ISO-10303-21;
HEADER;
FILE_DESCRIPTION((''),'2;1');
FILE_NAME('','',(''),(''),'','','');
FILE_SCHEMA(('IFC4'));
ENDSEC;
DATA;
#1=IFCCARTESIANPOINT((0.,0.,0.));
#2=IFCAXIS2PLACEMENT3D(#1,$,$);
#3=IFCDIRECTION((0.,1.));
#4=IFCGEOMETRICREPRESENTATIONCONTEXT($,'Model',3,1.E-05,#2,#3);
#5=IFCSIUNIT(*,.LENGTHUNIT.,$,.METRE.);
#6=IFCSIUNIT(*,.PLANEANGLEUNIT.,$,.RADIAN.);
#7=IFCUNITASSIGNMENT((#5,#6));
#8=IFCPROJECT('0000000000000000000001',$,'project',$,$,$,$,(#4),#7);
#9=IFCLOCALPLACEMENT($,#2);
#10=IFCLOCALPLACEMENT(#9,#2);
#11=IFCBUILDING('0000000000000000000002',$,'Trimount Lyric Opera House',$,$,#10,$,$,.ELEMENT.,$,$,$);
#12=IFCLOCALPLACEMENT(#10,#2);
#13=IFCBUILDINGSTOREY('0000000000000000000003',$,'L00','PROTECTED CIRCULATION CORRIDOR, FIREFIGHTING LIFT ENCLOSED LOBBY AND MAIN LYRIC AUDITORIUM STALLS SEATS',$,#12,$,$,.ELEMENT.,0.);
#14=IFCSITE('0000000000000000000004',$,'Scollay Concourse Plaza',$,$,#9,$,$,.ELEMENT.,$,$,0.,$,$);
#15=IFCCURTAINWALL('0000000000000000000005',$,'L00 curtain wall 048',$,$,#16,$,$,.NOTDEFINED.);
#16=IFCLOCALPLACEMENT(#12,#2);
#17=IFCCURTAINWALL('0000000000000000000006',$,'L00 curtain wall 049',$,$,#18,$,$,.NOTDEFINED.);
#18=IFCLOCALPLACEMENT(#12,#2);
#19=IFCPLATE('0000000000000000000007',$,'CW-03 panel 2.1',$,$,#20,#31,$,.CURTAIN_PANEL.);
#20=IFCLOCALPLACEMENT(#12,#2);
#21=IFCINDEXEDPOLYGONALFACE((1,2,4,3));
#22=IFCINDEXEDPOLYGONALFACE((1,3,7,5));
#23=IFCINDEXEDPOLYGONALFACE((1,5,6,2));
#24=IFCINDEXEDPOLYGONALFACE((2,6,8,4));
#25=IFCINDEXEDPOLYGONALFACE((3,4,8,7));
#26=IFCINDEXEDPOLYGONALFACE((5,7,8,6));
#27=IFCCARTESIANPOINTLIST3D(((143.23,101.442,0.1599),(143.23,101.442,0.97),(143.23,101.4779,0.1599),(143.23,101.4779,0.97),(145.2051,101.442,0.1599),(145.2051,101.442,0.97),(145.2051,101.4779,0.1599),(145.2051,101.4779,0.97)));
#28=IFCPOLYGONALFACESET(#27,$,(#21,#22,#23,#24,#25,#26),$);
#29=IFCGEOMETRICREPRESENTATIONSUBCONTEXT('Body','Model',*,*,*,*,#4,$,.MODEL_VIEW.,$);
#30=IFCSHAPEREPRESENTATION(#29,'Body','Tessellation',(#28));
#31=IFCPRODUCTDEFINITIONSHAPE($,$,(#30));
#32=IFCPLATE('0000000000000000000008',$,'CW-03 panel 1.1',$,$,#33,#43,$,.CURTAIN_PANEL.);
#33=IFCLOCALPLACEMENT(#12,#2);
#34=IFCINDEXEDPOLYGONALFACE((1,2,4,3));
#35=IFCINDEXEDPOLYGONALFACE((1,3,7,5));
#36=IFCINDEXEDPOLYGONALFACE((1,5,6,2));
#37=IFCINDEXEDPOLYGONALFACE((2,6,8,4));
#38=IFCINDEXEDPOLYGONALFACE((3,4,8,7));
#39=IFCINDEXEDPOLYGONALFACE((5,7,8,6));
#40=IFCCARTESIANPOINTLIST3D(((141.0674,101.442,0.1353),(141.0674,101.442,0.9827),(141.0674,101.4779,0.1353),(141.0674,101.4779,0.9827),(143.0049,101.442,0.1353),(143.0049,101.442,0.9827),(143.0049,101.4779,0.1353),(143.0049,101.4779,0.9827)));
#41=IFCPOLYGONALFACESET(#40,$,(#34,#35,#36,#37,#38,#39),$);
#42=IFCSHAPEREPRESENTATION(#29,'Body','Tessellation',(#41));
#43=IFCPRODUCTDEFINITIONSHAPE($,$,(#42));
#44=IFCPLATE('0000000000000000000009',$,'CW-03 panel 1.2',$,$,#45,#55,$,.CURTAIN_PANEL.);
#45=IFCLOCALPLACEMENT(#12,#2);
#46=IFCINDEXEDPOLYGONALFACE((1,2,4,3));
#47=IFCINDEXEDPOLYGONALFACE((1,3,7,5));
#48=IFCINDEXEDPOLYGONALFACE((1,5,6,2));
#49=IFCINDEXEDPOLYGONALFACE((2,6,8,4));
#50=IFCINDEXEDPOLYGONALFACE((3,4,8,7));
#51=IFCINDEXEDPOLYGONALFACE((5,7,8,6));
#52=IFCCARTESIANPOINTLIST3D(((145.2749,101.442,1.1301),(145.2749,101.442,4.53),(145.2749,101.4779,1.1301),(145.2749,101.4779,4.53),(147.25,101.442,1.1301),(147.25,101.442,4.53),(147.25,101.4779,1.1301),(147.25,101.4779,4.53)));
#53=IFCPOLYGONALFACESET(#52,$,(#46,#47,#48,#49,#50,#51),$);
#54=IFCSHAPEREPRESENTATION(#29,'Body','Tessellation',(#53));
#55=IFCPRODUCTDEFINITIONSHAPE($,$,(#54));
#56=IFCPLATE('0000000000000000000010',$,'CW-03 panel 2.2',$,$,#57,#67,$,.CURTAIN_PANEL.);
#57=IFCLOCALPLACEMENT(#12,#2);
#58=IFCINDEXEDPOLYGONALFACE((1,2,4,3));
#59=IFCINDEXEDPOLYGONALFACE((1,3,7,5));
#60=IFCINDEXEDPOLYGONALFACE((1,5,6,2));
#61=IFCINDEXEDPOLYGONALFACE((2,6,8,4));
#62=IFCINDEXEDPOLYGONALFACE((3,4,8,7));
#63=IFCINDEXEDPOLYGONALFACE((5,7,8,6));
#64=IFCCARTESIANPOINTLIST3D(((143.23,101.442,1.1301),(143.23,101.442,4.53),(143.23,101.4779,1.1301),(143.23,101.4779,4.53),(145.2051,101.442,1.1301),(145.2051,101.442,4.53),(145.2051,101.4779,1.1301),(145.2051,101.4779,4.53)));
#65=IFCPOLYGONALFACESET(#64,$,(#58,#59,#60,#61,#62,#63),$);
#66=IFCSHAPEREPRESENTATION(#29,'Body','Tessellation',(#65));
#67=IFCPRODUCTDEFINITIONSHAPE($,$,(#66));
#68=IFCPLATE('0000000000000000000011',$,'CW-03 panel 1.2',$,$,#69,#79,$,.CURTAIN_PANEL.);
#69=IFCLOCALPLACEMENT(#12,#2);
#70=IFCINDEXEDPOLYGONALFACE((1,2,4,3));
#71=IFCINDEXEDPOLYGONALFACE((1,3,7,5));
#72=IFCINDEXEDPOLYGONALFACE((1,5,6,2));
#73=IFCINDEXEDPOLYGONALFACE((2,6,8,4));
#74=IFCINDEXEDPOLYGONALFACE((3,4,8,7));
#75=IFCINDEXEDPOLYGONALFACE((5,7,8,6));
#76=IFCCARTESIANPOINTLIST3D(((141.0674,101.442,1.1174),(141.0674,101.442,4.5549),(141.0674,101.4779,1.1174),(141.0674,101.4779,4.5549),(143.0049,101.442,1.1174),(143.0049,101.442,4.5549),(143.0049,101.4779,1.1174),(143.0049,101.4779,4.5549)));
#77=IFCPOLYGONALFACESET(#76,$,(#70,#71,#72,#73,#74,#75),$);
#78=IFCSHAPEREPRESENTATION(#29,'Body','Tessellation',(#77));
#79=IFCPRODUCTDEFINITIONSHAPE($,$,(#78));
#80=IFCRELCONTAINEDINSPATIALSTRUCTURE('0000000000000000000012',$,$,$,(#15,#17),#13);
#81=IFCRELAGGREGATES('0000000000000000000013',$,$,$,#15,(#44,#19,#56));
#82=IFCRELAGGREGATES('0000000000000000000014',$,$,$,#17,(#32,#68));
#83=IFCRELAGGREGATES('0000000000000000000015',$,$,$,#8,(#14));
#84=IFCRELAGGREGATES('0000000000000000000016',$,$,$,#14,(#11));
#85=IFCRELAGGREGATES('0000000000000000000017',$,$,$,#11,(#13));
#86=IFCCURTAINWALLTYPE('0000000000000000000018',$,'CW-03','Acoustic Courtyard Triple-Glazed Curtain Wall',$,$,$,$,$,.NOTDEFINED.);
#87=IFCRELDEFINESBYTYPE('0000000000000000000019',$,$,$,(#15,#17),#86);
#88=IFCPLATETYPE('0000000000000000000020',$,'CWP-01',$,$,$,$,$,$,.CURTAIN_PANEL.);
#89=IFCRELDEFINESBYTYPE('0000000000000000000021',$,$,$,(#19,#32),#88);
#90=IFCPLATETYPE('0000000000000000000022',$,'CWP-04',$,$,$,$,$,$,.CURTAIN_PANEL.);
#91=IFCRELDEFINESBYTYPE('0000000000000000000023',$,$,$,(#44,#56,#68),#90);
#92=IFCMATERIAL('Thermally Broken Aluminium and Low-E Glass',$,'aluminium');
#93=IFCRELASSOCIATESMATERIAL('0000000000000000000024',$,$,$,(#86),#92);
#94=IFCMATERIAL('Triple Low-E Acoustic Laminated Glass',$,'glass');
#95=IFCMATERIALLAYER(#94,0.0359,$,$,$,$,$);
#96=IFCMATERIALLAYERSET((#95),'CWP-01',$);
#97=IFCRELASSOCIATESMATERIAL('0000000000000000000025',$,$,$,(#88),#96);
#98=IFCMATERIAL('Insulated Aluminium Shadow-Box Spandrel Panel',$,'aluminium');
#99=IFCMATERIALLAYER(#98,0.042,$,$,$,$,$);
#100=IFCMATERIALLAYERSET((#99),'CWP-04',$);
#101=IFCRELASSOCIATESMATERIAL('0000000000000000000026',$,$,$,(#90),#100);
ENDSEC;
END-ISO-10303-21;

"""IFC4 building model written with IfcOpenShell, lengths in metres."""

from ifc_helpers import new_model, si_unit, direction, frame, origin, origin_2d, place, context, subcontext, project, spatial, rectangle, extrude, material, layer, layer_set, type_object, element, aggregate, save


model = new_model("IFC4")

# Units and contexts
model_context = context("Model", 3, precision=1e-05, world=origin(), true_north=direction((0.0, 1.0)))
body_context = subcontext(model_context, "Body", "Model", "MODEL_VIEW")
ifc_project = project(units=[si_unit("LENGTHUNIT", "METRE"), si_unit("PLANEANGLEUNIT", "RADIAN")], contexts=[model_context])

# Site, building, storey
site_placement = place(None, origin())
site = spatial("IfcSite", under=ifc_project, at=site_placement, Name="Scollay Concourse Plaza", CompositionType="ELEMENT", RefElevation=0.0)
building_placement = place(site_placement, origin())
building = spatial("IfcBuilding", under=site, at=building_placement, Name="Trimount Lyric Opera House", CompositionType="ELEMENT")
storey_placement = place(building_placement, origin())
storey = spatial("IfcBuildingStorey", under=building, at=storey_placement, Name="L00", Description="PROTECTED CIRCULATION CORRIDOR, FIREFIGHTING LIFT ENCLOSED LOBBY AND MAIN LYRIC AUDITORIUM STALLS SEATS", CompositionType="ELEMENT", Elevation=0.0)

# Curtain wall
ifc_material_1 = material(Name="Thermally Broken Aluminium and Low-E Glass", Category="aluminium")
curtain_wall_type = type_object("IfcCurtainWallType", Name="CW-03", Description="Acoustic Courtyard Triple-Glazed Curtain Wall", PredefinedType="NOTDEFINED", material=ifc_material_1)
curtain_wall_1_placement = place(storey_placement, origin())
curtain_wall_1 = element("IfcCurtainWall", 1, at=curtain_wall_1_placement, inside=storey, type_object=curtain_wall_type, Name="L00 curtain wall 048", PredefinedType="NOTDEFINED")

# Curtain wall
curtain_wall_2_placement = place(storey_placement, origin())
curtain_wall_2 = element("IfcCurtainWall", 2, at=curtain_wall_2_placement, inside=storey, type_object=curtain_wall_type, Name="L00 curtain wall 049", PredefinedType="NOTDEFINED")

# Plates
ifc_material_2 = material(Name="Triple Low-E Acoustic Laminated Glass", Category="glass")
ifc_layer_1 = layer(ifc_material_2, 0.0359)
ifc_layer_set_1 = layer_set([ifc_layer_1], Name="CWP-01")
plate_type_1 = type_object("IfcPlateType", Name="CWP-01", PredefinedType="CURTAIN_PANEL", material=ifc_layer_set_1)
plate_1_placement = place(storey_placement, frame((144.2175, 101.46, 0.1599), z_axis=(0.0, 0.0, 1.0), x_axis=(-1.0, 0.0, 0.0)))
plate_1 = element("IfcPlate", 3, at=plate_1_placement, type_object=plate_type_1, Name="CW-03 panel 2.1", PredefinedType="CURTAIN_PANEL", context=body_context, shape_type="SweptSolid", body=[
    extrude(rectangle(XDim=1.9751, YDim=0.0359, at=origin_2d()), origin(), (0.0, 0.0, 1.0), 0.8101),
])
plate_2_placement = place(storey_placement, frame((142.0361, 101.46, 0.1353), z_axis=(0.0, 0.0, 1.0), x_axis=(-1.0, 0.0, 0.0)))
plate_2 = element("IfcPlate", 4, at=plate_2_placement, type_object=plate_type_1, Name="CW-03 panel 1.1", PredefinedType="CURTAIN_PANEL", context=body_context, shape_type="SweptSolid", body=[
    extrude(rectangle(XDim=1.9375, YDim=0.0359, at=origin_2d()), origin(), (0.0, 0.0, 1.0), 0.8474),
])
ifc_material_3 = material(Name="Insulated Aluminium Shadow-Box Spandrel Panel", Category="aluminium")
ifc_layer_2 = layer(ifc_material_3, 0.042)
ifc_layer_set_2 = layer_set([ifc_layer_2], Name="CWP-04")
plate_type_2 = type_object("IfcPlateType", Name="CWP-04", PredefinedType="CURTAIN_PANEL", material=ifc_layer_set_2)
plate_3_placement = place(storey_placement, frame((146.2625, 101.46, 1.1301), z_axis=(0.0, 0.0, 1.0), x_axis=(-1.0, 0.0, 0.0)))
plate_3 = element("IfcPlate", 5, at=plate_3_placement, type_object=plate_type_2, Name="CW-03 panel 1.2", PredefinedType="CURTAIN_PANEL", context=body_context, shape_type="SweptSolid", body=[
    extrude(rectangle(XDim=1.9751, YDim=0.0359, at=origin_2d()), origin(), (0.0, 0.0, 1.0), 3.3999),
])
plate_4_placement = place(storey_placement, frame((144.2175, 101.46, 1.1301), z_axis=(0.0, 0.0, 1.0), x_axis=(-1.0, 0.0, 0.0)))
plate_4 = element("IfcPlate", 6, at=plate_4_placement, type_object=plate_type_2, Name="CW-03 panel 2.2", PredefinedType="CURTAIN_PANEL", context=body_context, shape_type="SweptSolid", body=[
    extrude(rectangle(XDim=1.9751, YDim=0.0359, at=origin_2d()), origin(), (0.0, 0.0, 1.0), 3.3999),
])
aggregate(curtain_wall_1, [plate_3, plate_1, plate_4])
plate_5_placement = place(storey_placement, frame((142.0361, 101.46, 1.1174), z_axis=(0.0, 0.0, 1.0), x_axis=(-1.0, 0.0, 0.0)))
plate_5 = element("IfcPlate", 7, at=plate_5_placement, type_object=plate_type_2, Name="CW-03 panel 1.2", PredefinedType="CURTAIN_PANEL", context=body_context, shape_type="SweptSolid", body=[
    extrude(rectangle(XDim=1.9375, YDim=0.0359, at=origin_2d()), origin(), (0.0, 0.0, 1.0), 3.4375),
])
aggregate(curtain_wall_2, [plate_2, plate_5])

save(model, "model.ifc")
